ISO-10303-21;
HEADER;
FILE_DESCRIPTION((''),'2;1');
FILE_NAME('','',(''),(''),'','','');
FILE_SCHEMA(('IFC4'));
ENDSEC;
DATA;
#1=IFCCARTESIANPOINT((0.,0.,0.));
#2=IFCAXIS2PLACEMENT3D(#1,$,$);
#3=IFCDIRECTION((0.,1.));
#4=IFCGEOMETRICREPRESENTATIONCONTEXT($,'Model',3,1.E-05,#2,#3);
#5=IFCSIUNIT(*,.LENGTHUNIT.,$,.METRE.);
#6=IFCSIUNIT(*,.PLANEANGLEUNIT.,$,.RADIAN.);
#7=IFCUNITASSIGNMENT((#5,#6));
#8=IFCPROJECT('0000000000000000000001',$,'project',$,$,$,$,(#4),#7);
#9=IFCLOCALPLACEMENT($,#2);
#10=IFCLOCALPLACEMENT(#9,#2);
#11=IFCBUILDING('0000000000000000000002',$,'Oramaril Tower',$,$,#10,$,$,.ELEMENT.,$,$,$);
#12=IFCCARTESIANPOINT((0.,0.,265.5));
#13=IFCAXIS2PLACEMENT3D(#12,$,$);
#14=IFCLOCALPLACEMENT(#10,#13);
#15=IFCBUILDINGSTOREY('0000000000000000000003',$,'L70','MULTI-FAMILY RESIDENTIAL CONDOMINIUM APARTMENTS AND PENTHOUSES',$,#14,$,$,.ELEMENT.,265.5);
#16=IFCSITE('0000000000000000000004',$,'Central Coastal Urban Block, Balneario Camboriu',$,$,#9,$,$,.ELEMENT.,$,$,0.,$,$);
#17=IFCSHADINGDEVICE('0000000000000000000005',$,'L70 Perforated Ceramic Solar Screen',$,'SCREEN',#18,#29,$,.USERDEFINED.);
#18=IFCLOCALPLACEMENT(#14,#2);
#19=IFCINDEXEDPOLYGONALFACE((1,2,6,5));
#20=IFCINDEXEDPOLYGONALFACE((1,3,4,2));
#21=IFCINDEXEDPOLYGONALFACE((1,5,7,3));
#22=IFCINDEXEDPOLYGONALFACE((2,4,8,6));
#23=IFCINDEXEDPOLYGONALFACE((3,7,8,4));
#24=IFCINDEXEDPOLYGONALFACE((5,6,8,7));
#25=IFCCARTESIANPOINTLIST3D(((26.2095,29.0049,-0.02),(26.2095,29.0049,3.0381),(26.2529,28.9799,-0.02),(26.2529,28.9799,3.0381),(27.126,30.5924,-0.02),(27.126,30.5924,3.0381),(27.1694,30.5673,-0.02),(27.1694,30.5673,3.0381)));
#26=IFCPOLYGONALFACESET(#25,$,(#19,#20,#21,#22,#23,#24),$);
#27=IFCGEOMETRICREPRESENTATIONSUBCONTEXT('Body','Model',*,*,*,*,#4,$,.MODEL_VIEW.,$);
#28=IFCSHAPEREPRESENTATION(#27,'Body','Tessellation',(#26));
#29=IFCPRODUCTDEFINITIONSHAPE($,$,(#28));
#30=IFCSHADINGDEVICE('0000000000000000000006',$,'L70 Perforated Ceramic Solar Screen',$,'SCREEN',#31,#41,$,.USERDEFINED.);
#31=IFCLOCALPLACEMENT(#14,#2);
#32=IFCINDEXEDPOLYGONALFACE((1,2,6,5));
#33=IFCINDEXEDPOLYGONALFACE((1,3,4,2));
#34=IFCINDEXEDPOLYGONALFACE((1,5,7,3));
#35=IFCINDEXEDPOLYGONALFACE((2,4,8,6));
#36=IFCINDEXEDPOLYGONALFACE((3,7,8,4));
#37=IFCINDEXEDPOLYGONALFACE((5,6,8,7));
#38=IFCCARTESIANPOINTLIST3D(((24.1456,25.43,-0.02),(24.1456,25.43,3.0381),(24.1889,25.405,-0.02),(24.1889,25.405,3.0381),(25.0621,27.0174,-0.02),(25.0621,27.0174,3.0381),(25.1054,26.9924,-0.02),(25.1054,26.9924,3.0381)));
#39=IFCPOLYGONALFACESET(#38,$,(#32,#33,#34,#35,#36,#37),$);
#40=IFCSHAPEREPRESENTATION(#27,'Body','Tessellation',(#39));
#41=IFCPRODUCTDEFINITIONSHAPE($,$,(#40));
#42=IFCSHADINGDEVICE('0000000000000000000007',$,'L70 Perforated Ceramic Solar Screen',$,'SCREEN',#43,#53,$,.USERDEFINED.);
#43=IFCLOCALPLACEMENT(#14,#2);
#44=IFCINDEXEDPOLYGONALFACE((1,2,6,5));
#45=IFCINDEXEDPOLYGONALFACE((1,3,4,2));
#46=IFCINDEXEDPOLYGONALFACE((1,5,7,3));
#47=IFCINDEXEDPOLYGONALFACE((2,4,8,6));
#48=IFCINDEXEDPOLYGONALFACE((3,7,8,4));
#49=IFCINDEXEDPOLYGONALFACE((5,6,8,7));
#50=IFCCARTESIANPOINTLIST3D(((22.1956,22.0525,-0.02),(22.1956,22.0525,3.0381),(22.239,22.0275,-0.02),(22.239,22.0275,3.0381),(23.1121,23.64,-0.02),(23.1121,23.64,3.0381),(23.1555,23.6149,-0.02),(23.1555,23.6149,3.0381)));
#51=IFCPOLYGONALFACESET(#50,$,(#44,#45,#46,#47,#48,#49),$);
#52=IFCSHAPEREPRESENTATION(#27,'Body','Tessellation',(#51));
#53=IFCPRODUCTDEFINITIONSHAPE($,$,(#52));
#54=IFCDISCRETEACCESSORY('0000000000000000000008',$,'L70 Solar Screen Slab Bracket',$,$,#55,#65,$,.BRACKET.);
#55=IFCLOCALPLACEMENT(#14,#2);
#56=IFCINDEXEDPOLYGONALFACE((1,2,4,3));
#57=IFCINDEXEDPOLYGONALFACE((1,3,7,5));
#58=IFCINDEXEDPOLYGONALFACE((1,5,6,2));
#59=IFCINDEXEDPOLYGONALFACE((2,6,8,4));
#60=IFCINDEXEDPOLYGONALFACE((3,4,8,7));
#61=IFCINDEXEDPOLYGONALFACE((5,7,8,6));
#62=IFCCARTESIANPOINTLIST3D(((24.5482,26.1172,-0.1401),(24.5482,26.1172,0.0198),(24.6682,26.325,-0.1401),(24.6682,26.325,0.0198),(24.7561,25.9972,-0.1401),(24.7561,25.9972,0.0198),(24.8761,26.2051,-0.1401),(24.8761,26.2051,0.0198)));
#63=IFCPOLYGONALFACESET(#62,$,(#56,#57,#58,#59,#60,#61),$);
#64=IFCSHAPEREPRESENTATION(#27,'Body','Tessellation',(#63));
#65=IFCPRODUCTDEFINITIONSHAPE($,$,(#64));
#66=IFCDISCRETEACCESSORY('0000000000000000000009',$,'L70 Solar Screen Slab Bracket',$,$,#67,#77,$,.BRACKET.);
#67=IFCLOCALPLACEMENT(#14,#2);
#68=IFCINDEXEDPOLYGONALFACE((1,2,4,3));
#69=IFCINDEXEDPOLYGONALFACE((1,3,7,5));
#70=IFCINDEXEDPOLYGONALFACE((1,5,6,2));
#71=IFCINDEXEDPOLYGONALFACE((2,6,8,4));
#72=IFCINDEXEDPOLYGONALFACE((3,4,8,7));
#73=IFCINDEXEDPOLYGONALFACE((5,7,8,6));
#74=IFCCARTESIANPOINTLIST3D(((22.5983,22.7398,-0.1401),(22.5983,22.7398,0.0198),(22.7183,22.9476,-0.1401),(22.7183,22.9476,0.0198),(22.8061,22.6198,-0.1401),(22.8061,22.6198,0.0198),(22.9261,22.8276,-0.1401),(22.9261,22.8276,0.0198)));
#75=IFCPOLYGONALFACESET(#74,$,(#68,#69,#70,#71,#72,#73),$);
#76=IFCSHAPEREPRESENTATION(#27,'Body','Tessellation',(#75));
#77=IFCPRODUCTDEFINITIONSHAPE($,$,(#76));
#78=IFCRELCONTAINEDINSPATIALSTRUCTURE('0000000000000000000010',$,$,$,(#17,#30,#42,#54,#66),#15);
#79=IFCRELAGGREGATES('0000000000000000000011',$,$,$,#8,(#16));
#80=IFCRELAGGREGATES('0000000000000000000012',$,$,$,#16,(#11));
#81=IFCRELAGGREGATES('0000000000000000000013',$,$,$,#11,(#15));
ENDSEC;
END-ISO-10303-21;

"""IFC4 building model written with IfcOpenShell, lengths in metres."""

from ifc_helpers import new_model, si_unit, direction, frame, origin, origin_2d, place, context, subcontext, project, spatial, rectangle, extrude, element, save


model = new_model("IFC4")

# Units and contexts
model_context = context("Model", 3, precision=1e-05, world=origin(), true_north=direction((0.0, 1.0)))
body_context = subcontext(model_context, "Body", "Model", "MODEL_VIEW")
ifc_project = project(units=[si_unit("LENGTHUNIT", "METRE"), si_unit("PLANEANGLEUNIT", "RADIAN")], contexts=[model_context])

# Site, building, storey
site_placement = place(None, origin())
site = spatial("IfcSite", under=ifc_project, at=site_placement, Name="Central Coastal Urban Block, Balneario Camboriu", CompositionType="ELEMENT", RefElevation=0.0)
building_placement = place(site_placement, origin())
building = spatial("IfcBuilding", under=site, at=building_placement, Name="Oramaril Tower", CompositionType="ELEMENT")
storey_placement = place(building_placement, frame((0.0, 0.0, 265.5)))
storey = spatial("IfcBuildingStorey", under=building, at=storey_placement, Name="L70", Description="MULTI-FAMILY RESIDENTIAL CONDOMINIUM APARTMENTS AND PENTHOUSES", CompositionType="ELEMENT", Elevation=265.5)

# Shading devices
for number, where, z_axis, x_axis, name in (
    (1, (26.6895, 29.7861, -0.02), (0.0, 0.0, 1.0), (-0.499998, -0.866026, 0.0), "L70 Perforated Ceramic Solar Screen"),
    (2, (24.6255, 26.2112, -0.02), (0.0, 0.0, 1.0), (-0.499998, -0.866026, 0.0), "L70 Perforated Ceramic Solar Screen"),
    (3, (22.6755, 22.8337, -0.02), (0.0, 0.0, 1.0), (-0.499998, -0.866026, 0.0), "L70 Perforated Ceramic Solar Screen"),
):
    element("IfcShadingDevice", number, at=place(storey_placement, frame(where, z_axis=z_axis, x_axis=x_axis)), inside=storey, Name=name, ObjectType="SCREEN", PredefinedType="USERDEFINED", context=body_context, shape_type="SweptSolid", body=[
        extrude(rectangle(XDim=1.833, YDim=0.05, at=origin_2d()), origin(), (0.0, 0.0, 1.0), 3.0581),
    ])

# Discrete accessories
for number, where, z_axis, x_axis, name in (
    (4, (24.7122, 26.1611, -0.1401), (0.0, 0.0, 1.0), (-0.499998, -0.866026, 0.0), "L70 Solar Screen Slab Bracket"),
    (5, (22.7622, 22.7837, -0.1401), (0.0, 0.0, 1.0), (-0.499998, -0.866026, 0.0), "L70 Solar Screen Slab Bracket"),
):
    element("IfcDiscreteAccessory", number, at=place(storey_placement, frame(where, z_axis=z_axis, x_axis=x_axis)), inside=storey, Name=name, PredefinedType="BRACKET", context=body_context, shape_type="SweptSolid", body=[
        extrude(rectangle(XDim=0.24, YDim=0.24, at=origin_2d()), origin(), (0.0, 0.0, 1.0), 0.1599),
    ])

save(model, "model.ifc")
